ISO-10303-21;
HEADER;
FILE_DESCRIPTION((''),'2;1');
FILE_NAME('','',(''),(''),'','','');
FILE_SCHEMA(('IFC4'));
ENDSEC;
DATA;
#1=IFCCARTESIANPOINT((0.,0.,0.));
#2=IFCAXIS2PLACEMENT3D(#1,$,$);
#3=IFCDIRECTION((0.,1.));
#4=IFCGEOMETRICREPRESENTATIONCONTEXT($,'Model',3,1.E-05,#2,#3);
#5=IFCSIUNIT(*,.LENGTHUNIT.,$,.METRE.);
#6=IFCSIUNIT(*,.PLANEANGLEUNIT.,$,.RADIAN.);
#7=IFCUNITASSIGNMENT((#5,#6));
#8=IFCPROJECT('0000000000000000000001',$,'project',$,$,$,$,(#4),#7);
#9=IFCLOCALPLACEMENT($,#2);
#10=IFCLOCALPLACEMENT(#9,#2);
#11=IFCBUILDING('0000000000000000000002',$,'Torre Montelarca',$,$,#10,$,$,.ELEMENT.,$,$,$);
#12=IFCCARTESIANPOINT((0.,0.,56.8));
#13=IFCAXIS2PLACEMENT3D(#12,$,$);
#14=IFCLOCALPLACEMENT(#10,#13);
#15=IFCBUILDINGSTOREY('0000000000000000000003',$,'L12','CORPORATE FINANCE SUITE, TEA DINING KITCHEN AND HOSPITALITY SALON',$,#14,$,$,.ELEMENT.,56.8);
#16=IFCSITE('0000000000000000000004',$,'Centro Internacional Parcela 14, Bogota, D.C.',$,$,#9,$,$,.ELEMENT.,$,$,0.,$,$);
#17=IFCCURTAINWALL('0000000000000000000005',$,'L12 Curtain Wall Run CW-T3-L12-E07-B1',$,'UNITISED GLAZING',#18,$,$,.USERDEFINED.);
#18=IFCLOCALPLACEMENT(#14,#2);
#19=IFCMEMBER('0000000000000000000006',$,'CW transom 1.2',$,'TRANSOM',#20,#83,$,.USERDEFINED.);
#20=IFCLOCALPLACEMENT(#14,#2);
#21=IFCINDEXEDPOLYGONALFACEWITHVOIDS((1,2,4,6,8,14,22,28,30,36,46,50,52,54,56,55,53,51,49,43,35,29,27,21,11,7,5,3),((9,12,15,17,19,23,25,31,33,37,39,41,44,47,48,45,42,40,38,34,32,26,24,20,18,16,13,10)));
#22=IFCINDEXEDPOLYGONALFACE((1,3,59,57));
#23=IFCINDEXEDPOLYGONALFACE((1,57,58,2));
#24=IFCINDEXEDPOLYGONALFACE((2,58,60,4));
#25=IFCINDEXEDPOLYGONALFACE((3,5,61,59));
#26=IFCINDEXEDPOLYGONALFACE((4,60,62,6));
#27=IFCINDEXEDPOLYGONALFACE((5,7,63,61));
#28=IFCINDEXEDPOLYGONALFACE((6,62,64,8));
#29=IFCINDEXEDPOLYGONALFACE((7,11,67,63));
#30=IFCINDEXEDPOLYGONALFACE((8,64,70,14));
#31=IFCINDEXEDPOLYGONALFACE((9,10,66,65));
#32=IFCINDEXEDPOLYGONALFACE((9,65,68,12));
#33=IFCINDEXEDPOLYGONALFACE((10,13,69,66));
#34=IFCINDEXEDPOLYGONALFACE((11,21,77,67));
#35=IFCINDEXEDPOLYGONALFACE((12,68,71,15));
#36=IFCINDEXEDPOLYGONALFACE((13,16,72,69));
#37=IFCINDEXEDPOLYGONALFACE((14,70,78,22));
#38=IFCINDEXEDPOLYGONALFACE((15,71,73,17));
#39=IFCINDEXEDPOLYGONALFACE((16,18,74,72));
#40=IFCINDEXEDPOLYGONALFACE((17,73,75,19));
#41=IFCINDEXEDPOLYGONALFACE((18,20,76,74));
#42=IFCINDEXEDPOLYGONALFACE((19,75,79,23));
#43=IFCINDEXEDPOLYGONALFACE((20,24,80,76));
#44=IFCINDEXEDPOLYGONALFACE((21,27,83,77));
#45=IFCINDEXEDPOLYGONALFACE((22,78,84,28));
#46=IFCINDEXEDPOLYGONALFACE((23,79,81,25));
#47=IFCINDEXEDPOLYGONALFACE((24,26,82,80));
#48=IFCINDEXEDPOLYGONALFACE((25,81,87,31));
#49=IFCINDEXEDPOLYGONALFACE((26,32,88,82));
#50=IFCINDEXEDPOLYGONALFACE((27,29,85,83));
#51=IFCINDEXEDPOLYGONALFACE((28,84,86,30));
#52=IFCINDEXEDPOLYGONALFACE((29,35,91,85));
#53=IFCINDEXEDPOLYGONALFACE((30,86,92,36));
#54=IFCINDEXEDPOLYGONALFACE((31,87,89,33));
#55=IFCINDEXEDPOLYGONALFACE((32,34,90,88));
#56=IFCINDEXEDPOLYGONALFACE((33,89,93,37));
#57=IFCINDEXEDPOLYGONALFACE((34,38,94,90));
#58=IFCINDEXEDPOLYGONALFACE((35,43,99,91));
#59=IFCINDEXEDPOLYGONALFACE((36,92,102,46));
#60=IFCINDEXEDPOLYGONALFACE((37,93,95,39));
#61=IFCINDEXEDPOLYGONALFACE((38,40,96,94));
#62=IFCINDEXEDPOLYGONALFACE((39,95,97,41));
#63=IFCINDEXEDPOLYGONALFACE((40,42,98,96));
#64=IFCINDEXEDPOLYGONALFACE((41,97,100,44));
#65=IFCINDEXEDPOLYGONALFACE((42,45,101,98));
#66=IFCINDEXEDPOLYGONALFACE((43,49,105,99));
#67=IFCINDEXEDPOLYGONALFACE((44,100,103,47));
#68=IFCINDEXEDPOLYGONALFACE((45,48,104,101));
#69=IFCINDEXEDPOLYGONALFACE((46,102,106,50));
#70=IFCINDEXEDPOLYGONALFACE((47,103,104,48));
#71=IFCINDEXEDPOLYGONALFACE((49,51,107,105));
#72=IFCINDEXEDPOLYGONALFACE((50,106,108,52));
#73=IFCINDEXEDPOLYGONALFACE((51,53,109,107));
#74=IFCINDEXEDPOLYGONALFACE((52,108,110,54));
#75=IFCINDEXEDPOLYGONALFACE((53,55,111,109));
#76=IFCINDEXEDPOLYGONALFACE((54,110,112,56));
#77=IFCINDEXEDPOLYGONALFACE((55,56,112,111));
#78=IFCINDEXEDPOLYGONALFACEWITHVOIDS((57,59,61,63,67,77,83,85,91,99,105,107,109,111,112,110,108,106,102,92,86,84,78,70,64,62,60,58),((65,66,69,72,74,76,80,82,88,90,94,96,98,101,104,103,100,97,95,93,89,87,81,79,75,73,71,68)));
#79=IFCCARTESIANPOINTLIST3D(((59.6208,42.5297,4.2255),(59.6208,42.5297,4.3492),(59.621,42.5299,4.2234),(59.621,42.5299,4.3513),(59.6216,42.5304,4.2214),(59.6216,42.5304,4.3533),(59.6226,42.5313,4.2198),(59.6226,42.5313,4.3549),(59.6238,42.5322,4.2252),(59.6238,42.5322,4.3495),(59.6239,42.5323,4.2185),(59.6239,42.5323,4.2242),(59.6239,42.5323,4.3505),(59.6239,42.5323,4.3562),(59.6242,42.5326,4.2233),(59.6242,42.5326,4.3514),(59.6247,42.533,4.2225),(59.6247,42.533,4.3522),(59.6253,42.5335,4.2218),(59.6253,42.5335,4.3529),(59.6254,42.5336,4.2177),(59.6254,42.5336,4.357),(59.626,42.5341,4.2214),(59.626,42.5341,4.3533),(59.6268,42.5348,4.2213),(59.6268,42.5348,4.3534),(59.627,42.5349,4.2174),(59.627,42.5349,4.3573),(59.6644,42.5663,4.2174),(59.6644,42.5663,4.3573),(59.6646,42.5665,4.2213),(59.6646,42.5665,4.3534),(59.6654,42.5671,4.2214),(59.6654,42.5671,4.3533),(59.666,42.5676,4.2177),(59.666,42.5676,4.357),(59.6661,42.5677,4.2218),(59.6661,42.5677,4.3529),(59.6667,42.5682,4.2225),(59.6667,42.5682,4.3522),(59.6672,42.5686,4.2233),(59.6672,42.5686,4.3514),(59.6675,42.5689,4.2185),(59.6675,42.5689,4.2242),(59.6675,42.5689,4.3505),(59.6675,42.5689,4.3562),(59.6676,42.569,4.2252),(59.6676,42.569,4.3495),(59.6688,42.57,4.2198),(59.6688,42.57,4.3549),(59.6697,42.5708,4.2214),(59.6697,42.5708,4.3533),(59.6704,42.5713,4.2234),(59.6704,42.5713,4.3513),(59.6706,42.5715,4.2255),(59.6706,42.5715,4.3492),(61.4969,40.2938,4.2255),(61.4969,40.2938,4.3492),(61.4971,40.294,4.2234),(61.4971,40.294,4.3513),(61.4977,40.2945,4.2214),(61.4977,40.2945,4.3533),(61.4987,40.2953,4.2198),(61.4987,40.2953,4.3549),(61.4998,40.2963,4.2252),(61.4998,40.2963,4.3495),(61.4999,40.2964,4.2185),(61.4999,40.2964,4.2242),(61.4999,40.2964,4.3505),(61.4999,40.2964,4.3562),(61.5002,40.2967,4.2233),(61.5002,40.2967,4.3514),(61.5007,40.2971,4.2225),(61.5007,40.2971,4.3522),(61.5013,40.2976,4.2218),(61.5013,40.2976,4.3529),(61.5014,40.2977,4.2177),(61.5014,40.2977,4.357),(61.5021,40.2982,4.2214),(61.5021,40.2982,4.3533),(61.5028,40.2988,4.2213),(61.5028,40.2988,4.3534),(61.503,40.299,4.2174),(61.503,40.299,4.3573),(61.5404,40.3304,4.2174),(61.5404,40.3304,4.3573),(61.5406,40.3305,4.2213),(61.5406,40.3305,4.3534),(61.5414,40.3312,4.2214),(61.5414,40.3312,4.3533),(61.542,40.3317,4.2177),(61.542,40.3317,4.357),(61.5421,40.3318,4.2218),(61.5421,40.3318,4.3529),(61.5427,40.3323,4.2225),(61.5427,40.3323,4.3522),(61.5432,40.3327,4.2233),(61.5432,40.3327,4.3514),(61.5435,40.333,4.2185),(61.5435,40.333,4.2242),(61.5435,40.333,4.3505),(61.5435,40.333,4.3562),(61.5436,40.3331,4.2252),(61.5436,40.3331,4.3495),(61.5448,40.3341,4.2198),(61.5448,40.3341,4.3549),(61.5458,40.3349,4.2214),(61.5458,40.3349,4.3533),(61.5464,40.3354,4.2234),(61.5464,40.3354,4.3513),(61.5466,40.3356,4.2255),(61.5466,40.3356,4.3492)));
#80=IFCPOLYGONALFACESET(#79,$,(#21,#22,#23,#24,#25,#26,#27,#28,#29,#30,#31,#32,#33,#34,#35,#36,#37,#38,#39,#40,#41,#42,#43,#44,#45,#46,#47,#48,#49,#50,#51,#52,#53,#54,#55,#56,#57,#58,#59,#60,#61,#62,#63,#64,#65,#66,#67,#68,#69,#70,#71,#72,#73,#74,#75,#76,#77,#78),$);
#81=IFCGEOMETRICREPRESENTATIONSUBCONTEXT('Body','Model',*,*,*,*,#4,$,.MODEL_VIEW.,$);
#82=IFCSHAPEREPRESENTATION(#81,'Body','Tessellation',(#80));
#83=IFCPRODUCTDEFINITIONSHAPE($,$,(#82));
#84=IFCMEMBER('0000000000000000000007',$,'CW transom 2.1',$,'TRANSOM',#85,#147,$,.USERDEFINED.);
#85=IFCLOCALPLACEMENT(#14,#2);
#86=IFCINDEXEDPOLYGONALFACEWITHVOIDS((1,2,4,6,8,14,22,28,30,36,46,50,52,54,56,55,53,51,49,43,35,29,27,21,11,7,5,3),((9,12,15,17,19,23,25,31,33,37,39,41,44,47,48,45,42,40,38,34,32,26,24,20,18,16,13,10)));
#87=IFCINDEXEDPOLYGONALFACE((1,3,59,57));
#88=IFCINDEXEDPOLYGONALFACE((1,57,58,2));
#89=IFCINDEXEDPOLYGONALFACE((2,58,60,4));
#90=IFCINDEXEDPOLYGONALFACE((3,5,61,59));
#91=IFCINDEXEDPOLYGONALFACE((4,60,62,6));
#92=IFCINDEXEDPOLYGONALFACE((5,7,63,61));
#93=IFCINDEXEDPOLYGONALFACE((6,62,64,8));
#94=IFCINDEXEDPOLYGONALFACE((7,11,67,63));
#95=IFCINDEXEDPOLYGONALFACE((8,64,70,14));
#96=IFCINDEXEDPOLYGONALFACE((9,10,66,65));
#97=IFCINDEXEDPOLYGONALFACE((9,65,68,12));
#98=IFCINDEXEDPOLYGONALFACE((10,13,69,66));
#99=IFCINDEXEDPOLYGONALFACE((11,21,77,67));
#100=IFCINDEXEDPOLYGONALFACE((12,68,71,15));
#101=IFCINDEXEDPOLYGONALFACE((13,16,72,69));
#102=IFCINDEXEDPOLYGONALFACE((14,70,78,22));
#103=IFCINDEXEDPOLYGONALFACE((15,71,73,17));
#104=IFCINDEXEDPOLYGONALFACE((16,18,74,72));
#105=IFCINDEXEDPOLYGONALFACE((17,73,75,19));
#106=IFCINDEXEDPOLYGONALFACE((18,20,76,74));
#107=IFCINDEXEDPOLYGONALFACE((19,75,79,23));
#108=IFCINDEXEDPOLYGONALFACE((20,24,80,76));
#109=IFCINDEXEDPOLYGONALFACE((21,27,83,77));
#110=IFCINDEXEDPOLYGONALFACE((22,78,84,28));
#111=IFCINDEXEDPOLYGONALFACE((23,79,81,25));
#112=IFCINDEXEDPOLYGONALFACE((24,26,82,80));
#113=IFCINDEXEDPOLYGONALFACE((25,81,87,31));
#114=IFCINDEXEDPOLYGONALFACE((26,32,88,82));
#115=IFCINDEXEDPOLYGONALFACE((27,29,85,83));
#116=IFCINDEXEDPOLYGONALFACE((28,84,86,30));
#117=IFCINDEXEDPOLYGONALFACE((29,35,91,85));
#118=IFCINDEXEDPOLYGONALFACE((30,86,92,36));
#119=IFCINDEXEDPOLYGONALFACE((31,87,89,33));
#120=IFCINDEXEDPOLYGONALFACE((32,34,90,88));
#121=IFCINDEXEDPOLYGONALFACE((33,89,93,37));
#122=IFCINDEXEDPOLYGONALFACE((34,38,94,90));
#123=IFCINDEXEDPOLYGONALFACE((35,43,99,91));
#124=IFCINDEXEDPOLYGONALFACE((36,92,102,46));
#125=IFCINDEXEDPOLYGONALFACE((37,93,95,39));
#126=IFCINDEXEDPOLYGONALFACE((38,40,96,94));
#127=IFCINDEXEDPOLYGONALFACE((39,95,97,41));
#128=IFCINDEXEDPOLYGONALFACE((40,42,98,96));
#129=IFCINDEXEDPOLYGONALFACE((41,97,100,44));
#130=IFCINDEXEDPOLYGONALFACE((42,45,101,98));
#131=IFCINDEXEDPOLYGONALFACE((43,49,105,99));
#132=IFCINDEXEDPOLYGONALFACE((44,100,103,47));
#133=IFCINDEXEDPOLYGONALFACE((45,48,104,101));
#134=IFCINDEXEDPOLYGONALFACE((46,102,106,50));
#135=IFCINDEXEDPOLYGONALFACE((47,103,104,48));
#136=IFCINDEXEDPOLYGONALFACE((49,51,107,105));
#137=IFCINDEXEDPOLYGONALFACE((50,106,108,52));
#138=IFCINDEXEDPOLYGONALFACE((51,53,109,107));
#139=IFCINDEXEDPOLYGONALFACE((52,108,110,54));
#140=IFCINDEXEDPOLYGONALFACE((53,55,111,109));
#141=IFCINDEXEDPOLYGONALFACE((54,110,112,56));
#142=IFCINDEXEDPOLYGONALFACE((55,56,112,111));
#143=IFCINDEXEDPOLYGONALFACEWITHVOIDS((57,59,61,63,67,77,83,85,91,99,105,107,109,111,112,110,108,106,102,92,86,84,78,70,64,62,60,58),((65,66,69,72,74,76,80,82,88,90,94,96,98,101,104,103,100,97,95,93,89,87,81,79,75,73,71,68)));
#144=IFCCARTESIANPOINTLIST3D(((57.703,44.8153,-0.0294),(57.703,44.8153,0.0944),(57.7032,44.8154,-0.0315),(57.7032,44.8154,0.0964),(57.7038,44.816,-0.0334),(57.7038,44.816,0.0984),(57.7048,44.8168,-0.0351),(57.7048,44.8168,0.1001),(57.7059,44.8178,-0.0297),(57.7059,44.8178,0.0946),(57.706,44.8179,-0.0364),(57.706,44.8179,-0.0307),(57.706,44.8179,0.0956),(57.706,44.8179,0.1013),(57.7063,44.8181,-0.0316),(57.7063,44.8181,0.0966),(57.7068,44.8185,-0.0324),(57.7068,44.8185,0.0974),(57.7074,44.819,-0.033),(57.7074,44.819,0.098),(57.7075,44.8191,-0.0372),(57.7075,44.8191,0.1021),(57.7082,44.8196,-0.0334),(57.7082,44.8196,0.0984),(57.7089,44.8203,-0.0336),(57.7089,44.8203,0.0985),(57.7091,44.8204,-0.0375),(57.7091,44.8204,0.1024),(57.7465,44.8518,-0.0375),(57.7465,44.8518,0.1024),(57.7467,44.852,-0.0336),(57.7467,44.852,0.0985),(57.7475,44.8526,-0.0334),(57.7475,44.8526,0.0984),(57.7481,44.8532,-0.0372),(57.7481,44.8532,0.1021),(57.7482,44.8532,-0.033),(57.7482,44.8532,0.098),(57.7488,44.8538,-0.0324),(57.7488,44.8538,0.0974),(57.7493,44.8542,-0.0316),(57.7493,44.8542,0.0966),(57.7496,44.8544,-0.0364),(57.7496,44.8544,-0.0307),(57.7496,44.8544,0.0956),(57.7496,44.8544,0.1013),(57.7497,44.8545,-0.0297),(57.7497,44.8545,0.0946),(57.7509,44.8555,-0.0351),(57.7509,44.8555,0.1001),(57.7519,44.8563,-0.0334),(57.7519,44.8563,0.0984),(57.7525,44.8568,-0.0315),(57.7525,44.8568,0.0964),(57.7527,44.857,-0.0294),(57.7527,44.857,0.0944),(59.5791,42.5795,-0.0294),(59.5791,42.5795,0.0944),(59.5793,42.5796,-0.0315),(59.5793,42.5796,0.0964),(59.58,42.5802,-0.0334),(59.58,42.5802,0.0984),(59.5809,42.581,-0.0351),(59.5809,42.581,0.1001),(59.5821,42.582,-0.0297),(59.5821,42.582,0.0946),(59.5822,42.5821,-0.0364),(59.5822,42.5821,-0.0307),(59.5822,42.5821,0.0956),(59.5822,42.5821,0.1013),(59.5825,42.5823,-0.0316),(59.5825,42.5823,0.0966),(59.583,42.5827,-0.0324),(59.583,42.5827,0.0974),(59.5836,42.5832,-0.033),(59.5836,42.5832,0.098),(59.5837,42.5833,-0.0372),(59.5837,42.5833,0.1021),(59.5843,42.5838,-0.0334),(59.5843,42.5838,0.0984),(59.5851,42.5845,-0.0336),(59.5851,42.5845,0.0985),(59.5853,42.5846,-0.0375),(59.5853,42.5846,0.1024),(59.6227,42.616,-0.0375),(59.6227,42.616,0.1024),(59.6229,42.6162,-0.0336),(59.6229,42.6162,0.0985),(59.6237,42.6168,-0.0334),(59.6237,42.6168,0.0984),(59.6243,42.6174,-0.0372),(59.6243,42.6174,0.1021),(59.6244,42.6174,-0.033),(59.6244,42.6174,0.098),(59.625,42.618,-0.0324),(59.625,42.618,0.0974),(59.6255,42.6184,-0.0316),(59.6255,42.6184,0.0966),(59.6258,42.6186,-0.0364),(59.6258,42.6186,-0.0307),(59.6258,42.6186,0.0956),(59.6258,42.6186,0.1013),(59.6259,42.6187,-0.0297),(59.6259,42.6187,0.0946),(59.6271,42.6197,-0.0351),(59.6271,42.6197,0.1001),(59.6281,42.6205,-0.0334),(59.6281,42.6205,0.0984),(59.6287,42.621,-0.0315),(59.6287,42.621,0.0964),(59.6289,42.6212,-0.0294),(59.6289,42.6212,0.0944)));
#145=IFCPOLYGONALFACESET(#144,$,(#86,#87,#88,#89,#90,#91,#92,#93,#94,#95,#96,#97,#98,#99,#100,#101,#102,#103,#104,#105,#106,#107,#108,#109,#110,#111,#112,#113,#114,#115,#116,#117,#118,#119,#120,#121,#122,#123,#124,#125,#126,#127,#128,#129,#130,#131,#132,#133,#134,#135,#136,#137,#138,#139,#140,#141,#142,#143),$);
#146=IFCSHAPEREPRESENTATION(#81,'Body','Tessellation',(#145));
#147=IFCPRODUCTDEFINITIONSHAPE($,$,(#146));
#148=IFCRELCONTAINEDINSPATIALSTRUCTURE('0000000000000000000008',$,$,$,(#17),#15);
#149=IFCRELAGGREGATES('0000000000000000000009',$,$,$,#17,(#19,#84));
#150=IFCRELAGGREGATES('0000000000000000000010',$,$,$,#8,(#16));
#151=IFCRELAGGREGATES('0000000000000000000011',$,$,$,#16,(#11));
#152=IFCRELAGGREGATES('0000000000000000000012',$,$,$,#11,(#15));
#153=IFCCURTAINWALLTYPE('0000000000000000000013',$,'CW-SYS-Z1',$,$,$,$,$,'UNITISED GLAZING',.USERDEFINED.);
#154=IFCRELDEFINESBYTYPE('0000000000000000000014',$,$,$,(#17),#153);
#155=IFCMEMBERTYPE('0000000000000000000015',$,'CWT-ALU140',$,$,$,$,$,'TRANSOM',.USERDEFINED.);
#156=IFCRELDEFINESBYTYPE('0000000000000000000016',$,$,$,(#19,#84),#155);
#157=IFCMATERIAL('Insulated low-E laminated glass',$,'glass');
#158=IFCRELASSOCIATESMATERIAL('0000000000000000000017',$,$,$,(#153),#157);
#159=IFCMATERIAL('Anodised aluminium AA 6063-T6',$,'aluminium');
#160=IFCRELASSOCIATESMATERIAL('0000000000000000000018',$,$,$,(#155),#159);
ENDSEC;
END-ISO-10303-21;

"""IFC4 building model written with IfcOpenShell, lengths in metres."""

from ifc_helpers import new_model, si_unit, direction, frame, origin, origin_2d, place, context, subcontext, project, spatial, hollow_rectangle, extrude, source, transform, mapped, material, material_profile, profile_set, type_object, element, aggregate, save


model = new_model("IFC4")

# Units and contexts
model_context = context("Model", 3, precision=1e-05, world=origin(), true_north=direction((0.0, 1.0)))
body_context = subcontext(model_context, "Body", "Model", "MODEL_VIEW")
ifc_project = project(units=[si_unit("LENGTHUNIT", "METRE"), si_unit("PLANEANGLEUNIT", "RADIAN")], contexts=[model_context])

# Site, building, storey
site_placement = place(None, origin())
site = spatial("IfcSite", under=ifc_project, at=site_placement, Name="Centro Internacional Parcela 14, Bogota, D.C.", CompositionType="ELEMENT", RefElevation=0.0)
building_placement = place(site_placement, origin())
building = spatial("IfcBuilding", under=site, at=building_placement, Name="Torre Montelarca", CompositionType="ELEMENT")
storey_placement = place(building_placement, frame((0.0, 0.0, 56.8)))
storey = spatial("IfcBuildingStorey", under=building, at=storey_placement, Name="L12", Description="CORPORATE FINANCE SUITE, TEA DINING KITCHEN AND HOSPITALITY SALON", CompositionType="ELEMENT", Elevation=56.8)

# Curtain wall, members
ifc_material_1 = material(Name="Insulated low-E laminated glass", Category="glass")
curtain_wall_type = type_object("IfcCurtainWallType", Name="CW-SYS-Z1", ElementType="UNITISED GLAZING", PredefinedType="USERDEFINED", material=ifc_material_1)
curtain_wall_1_placement = place(storey_placement, origin())
curtain_wall_1 = element("IfcCurtainWall", 1, at=curtain_wall_1_placement, inside=storey, type_object=curtain_wall_type, Name="L12 Curtain Wall Run CW-T3-L12-E07-B1", ObjectType="UNITISED GLAZING", PredefinedType="USERDEFINED")
ifc_material_2 = material(Name="Anodised aluminium AA 6063-T6", Category="aluminium")
ifc_material_profile_1 = material_profile(ifc_material_2, hollow_rectangle(XDim=0.0649, YDim=0.1399, WallThickness=0.0039, InnerFilletRadius=0.0039, OuterFilletRadius=0.0081, at=origin_2d()), Name="ALU65X140X4", Category="aluminium")
ifc_profile_set_1 = profile_set([ifc_material_profile_1], Name="Anodised aluminium AA 6063-T6")
member_type_1 = type_object("IfcMemberType", Name="CWT-ALU140", ElementType="TRANSOM", PredefinedType="USERDEFINED", material=ifc_profile_set_1)
shared_shape_1 = source(origin(), body_context, "Body", "SweptSolid", [
    extrude(hollow_rectangle(XDim=0.0649, YDim=0.1399, WallThickness=0.0039, InnerFilletRadius=0.0039, OuterFilletRadius=0.0081, at=origin_2d()), origin(), (0.0, 0.0, 1.0), 2.9187),
])
member_1_placement = place(storey_placement, frame((61.5217, 40.3147, 4.2874), z_axis=(-0.642764, 0.766064, 0.0), x_axis=(-0.766064, -0.642764, 0.0)))
member_1 = element("IfcMember", 2, at=member_1_placement, type_object=member_type_1, Name="CW transom 1.2", ObjectType="TRANSOM", PredefinedType="USERDEFINED", context=body_context, shape_type="MappedRepresentation", body=[
    mapped(shared_shape_1, transform((0.0, 0.0, 0.0), scale=1.0)),
])
member_2_placement = place(storey_placement, frame((59.604, 42.6003, 0.0325), z_axis=(-0.642813, 0.766023, 0.0), x_axis=(-0.766023, -0.642813, 0.0)))
member_2 = element("IfcMember", 3, at=member_2_placement, type_object=member_type_1, Name="CW transom 2.1", ObjectType="TRANSOM", PredefinedType="USERDEFINED", context=body_context, shape_type="MappedRepresentation", body=[
    mapped(shared_shape_1, transform((0.0, 0.0, 0.0), scale=1.0)),
])

aggregate(curtain_wall_1, [member_1, member_2])

save(model, "model.ifc")
